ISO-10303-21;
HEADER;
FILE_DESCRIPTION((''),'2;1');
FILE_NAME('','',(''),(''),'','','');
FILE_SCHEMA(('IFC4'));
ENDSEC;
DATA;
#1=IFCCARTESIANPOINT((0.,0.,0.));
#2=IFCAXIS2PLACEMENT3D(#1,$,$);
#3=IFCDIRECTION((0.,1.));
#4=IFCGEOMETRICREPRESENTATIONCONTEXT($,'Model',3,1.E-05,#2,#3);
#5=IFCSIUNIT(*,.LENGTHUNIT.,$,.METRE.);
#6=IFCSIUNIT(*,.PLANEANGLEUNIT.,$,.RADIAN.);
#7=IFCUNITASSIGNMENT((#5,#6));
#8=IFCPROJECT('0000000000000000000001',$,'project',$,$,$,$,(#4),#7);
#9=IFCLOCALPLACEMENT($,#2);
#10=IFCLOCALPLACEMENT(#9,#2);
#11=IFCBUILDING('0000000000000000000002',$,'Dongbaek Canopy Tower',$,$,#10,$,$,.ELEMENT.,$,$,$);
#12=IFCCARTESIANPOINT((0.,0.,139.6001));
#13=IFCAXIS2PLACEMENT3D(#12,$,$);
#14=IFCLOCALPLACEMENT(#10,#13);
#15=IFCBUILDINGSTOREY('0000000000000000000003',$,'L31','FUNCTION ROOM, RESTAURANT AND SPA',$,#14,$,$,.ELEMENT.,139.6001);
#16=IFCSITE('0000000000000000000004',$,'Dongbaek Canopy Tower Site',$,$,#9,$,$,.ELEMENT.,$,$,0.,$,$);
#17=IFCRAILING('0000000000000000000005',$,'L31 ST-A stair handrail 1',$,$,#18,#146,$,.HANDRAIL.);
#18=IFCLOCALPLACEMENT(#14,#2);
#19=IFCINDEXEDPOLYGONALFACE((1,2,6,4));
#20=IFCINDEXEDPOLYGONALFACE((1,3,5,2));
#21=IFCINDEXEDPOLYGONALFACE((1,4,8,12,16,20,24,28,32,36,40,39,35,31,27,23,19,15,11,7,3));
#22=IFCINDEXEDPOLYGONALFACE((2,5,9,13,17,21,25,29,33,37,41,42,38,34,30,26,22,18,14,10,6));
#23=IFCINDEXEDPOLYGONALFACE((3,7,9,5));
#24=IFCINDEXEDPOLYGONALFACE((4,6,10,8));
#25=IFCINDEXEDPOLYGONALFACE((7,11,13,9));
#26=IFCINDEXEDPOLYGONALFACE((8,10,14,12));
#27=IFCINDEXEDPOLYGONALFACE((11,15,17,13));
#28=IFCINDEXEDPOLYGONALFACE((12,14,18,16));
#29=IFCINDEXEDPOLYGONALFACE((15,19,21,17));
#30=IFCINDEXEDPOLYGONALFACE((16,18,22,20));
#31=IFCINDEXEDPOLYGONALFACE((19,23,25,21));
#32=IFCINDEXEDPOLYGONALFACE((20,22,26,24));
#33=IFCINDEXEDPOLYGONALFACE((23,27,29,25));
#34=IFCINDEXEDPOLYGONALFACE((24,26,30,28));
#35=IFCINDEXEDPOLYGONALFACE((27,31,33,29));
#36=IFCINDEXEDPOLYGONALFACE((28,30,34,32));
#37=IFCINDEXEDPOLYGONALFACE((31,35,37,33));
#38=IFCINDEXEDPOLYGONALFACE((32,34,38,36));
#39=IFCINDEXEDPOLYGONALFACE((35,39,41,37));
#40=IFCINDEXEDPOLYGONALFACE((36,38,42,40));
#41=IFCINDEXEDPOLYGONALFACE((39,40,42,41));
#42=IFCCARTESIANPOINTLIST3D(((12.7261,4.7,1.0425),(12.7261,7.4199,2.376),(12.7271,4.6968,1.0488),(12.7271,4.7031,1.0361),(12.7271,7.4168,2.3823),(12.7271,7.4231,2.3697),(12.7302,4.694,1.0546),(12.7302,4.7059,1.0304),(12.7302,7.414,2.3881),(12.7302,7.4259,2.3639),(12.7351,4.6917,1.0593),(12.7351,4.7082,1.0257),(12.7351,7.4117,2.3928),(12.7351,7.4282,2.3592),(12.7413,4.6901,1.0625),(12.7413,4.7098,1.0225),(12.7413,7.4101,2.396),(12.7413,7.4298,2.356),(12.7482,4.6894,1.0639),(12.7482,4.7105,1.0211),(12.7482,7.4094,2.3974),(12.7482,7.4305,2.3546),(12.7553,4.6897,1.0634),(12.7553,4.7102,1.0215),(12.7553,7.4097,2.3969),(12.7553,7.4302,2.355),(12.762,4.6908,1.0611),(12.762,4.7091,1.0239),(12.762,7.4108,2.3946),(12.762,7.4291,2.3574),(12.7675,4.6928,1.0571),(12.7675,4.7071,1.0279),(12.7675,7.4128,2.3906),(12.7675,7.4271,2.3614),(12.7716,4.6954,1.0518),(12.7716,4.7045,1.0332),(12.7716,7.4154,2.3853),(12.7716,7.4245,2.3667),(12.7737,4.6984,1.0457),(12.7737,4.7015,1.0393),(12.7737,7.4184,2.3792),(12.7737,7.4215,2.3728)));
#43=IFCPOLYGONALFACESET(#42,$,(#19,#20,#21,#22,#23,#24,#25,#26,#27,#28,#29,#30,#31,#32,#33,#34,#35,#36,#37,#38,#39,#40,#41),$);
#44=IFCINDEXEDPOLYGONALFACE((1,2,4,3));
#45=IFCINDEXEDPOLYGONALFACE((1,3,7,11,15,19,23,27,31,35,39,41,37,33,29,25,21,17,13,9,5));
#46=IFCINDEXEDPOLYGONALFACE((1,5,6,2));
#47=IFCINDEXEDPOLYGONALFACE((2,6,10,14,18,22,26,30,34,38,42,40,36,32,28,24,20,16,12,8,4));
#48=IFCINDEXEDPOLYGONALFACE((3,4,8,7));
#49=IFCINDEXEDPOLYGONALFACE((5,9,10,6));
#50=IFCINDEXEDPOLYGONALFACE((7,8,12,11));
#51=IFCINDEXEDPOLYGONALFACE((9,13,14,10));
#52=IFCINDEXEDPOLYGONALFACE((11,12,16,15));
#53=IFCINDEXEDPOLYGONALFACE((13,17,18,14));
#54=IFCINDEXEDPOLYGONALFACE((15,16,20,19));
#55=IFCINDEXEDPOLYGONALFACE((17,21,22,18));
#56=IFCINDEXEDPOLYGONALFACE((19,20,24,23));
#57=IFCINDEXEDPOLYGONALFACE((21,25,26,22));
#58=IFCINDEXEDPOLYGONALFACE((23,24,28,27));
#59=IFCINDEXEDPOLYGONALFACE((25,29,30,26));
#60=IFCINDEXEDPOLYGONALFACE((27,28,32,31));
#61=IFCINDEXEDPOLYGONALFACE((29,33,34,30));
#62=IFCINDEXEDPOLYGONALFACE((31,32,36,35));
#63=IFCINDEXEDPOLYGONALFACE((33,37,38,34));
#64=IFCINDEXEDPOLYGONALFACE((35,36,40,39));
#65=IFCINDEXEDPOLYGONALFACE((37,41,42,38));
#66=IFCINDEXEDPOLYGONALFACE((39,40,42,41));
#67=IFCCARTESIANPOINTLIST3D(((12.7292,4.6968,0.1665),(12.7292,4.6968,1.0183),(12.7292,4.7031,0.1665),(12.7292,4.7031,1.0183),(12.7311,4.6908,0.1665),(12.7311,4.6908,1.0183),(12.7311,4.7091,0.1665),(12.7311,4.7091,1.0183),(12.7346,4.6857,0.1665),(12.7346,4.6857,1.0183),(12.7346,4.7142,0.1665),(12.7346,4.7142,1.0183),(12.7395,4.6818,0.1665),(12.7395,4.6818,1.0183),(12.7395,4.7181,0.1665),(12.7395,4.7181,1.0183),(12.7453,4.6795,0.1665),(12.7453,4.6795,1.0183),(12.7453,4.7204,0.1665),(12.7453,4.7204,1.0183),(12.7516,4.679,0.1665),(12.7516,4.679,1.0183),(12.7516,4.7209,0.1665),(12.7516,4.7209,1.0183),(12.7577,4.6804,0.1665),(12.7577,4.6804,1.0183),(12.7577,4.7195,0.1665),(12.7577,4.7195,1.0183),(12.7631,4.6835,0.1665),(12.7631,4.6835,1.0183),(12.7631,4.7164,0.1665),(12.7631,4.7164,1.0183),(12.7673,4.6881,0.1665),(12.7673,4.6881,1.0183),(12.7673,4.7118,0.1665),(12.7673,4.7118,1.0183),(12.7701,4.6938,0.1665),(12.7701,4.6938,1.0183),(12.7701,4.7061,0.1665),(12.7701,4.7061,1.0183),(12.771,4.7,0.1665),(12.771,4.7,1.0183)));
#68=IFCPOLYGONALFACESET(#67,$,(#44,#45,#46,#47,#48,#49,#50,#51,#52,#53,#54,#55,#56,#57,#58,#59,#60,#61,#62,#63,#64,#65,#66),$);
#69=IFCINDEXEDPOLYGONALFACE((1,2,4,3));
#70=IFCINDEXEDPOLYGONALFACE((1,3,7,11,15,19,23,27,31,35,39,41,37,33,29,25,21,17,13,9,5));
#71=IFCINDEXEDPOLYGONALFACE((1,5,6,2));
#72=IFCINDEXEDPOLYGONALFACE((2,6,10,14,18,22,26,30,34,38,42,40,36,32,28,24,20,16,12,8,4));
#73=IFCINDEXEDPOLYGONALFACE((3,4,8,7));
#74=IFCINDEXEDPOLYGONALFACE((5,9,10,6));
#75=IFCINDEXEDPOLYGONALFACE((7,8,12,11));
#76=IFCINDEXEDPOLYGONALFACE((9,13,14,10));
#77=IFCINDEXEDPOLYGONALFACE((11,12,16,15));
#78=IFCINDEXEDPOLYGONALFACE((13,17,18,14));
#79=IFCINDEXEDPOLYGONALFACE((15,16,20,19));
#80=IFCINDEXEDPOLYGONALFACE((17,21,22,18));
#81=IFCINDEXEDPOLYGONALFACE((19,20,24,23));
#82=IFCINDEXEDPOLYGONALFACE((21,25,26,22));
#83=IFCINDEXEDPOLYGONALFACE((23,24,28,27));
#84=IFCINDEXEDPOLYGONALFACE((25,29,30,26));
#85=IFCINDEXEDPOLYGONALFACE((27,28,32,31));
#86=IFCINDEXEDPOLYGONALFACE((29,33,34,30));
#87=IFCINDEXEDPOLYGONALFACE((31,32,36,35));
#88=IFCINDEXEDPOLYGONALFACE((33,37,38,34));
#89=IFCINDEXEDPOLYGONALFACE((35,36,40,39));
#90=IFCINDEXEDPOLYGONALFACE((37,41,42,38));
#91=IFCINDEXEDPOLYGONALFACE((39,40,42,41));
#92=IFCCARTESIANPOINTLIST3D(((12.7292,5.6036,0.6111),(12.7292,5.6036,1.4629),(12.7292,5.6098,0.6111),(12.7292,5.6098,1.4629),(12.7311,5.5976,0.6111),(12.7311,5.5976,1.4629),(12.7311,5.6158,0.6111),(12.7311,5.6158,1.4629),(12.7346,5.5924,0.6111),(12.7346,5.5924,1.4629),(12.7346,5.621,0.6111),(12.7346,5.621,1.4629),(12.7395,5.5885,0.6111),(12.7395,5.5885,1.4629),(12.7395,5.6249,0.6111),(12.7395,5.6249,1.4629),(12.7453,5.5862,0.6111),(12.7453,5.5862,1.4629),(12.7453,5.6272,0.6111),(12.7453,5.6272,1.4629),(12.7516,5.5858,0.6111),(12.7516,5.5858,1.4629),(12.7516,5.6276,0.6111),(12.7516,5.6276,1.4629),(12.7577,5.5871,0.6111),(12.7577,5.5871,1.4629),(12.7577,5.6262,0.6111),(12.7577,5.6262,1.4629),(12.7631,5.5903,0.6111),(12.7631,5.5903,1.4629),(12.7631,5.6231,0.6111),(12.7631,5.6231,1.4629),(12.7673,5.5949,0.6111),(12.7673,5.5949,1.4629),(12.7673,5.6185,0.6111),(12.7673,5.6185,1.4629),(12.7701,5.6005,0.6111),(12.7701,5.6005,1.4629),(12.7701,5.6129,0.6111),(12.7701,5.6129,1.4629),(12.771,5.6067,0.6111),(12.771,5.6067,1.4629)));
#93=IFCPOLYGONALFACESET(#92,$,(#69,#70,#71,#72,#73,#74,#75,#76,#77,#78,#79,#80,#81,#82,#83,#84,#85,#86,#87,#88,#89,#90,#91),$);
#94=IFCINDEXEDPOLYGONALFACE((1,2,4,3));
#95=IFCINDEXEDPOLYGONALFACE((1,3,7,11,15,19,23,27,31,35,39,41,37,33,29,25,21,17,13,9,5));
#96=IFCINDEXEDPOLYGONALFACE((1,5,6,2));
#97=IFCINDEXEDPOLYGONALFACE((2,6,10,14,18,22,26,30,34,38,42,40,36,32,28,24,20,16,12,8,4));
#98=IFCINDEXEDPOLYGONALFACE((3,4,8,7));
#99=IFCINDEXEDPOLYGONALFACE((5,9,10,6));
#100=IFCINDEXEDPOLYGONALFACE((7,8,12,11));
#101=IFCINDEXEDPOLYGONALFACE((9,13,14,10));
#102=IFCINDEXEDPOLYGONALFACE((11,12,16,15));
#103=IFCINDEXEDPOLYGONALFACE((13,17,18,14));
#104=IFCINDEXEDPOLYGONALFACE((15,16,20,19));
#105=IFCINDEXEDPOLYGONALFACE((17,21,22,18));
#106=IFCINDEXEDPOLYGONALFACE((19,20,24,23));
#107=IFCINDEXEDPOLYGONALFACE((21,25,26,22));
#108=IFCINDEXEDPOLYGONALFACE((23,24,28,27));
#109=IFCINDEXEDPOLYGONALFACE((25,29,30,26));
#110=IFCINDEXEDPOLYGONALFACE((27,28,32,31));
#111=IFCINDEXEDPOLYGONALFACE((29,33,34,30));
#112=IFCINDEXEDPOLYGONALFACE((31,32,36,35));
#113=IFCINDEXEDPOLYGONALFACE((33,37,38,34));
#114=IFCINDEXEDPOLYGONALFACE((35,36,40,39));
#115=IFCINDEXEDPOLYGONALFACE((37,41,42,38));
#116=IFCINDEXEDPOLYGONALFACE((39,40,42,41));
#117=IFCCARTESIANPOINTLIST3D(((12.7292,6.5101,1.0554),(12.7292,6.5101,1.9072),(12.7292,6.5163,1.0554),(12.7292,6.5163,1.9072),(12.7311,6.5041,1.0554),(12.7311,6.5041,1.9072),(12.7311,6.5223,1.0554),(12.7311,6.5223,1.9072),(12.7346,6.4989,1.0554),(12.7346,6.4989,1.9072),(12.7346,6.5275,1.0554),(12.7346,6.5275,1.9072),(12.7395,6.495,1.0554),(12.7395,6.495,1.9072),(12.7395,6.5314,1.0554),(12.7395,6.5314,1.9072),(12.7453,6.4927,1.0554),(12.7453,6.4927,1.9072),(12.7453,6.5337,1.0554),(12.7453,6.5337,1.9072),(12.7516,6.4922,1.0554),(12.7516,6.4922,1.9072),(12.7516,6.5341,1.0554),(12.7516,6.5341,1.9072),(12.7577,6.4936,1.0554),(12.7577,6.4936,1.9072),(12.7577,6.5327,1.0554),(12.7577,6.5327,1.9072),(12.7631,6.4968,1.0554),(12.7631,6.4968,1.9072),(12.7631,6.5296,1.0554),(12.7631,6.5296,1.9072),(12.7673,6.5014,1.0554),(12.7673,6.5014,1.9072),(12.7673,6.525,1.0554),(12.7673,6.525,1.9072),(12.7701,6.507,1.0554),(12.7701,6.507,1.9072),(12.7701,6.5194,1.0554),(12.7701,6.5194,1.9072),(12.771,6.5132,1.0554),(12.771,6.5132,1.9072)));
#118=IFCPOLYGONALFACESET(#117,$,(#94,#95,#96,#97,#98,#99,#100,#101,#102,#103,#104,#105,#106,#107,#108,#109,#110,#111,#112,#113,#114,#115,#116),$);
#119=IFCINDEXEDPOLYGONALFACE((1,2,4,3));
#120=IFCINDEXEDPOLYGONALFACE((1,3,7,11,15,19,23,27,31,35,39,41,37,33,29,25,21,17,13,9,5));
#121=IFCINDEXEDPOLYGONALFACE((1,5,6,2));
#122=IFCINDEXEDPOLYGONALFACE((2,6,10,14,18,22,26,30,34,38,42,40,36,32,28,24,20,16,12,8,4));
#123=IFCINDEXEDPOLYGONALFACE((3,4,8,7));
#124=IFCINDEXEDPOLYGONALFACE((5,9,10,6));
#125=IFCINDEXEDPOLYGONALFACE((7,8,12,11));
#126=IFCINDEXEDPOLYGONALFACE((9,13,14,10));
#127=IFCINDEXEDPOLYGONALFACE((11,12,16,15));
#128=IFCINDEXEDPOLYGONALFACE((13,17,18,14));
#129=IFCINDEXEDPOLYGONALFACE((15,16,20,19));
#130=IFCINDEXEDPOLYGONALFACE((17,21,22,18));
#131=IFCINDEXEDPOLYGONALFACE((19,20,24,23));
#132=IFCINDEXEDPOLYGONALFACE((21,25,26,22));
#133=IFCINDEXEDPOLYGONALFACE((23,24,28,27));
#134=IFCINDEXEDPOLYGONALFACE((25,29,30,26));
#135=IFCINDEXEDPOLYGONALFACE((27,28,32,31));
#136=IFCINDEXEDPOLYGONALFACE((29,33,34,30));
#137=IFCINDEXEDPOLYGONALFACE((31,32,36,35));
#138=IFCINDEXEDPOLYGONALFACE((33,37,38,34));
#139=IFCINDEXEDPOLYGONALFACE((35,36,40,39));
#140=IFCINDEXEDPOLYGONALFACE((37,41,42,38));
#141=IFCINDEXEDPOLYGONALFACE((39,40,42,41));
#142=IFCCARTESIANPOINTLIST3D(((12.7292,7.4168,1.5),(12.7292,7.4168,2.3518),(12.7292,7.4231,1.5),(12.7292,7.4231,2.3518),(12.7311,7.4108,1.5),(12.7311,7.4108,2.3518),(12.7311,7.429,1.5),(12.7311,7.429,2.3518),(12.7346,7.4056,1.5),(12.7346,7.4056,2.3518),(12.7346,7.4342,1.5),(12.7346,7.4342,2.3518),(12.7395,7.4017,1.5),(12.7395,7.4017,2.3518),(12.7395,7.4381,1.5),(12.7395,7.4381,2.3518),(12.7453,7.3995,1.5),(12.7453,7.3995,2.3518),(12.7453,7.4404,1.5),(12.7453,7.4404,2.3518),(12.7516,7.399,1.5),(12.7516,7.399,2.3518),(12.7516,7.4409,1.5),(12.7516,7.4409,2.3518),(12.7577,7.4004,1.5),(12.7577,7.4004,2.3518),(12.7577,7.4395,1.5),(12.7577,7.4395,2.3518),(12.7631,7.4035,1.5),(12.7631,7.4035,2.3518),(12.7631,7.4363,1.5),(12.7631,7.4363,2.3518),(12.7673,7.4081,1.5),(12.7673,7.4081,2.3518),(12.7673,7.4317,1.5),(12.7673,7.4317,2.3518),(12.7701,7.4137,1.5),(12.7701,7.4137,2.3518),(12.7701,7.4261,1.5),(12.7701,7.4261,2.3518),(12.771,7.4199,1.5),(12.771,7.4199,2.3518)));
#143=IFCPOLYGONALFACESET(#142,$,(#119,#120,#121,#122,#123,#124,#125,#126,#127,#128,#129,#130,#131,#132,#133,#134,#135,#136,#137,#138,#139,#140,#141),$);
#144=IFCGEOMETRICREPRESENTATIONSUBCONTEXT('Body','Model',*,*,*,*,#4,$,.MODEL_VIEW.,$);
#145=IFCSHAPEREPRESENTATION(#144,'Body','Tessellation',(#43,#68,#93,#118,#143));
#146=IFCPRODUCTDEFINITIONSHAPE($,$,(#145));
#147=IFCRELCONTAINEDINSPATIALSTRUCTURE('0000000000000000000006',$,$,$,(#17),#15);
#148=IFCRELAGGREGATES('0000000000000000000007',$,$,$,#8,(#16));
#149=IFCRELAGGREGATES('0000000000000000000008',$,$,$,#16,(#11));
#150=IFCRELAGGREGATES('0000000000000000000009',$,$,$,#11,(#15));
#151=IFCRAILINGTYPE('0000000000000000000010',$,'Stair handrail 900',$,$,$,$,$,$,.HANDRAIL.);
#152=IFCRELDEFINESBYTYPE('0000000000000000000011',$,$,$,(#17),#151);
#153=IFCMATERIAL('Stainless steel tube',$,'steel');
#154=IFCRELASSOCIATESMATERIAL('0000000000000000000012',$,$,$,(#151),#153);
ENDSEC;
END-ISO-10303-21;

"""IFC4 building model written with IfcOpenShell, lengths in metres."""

from ifc_helpers import new_model, si_unit, direction, frame, origin, origin_2d, place, context, subcontext, project, spatial, circle, extrude, material, type_object, element, save


model = new_model("IFC4")

# Units and contexts
model_context = context("Model", 3, precision=1e-05, world=origin(), true_north=direction((0.0, 1.0)))
body_context = subcontext(model_context, "Body", "Model", "MODEL_VIEW")
ifc_project = project(units=[si_unit("LENGTHUNIT", "METRE"), si_unit("PLANEANGLEUNIT", "RADIAN")], contexts=[model_context])

# Site, building, storey
site_placement = place(None, origin())
site = spatial("IfcSite", under=ifc_project, at=site_placement, Name="Dongbaek Canopy Tower Site", CompositionType="ELEMENT", RefElevation=0.0)
building_placement = place(site_placement, origin())
building = spatial("IfcBuilding", under=site, at=building_placement, Name="Dongbaek Canopy Tower", CompositionType="ELEMENT")
storey_placement = place(building_placement, frame((0.0, 0.0, 139.6001)))
storey = spatial("IfcBuildingStorey", under=building, at=storey_placement, Name="L31", Description="FUNCTION ROOM, RESTAURANT AND SPA", CompositionType="ELEMENT", Elevation=139.6001)

# Railing
ifc_material_1 = material(Name="Stainless steel tube", Category="steel")
railing_type = type_object("IfcRailingType", Name="Stair handrail 900", PredefinedType="HANDRAIL", material=ifc_material_1)
for number, where, name in (
    (1, (12.75, 4.7, 0.1665), "L31 ST-A stair handrail 1"),
):
    element("IfcRailing", number, at=place(storey_placement, frame(where)), inside=storey, type_object=railing_type, Name=name, PredefinedType="HANDRAIL", context=body_context, shape_type="SweptSolid", body=[
        extrude(circle(Radius=0.0239, at=origin_2d()), frame((0.0, 0.0, 0.876), z_axis=(0.0, 0.897898, 0.440204), x_axis=(-1.0, 0.0, 0.0)), (0.0, 0.0, 1.0), 3.0293),
        extrude(circle(Radius=0.021, at=origin_2d()), origin(), (0.0, 0.0, 1.0), 0.8518),
        extrude(circle(Radius=0.021, at=origin_2d()), frame((0.0, 0.9067, 0.4446)), (0.0, 0.0, 1.0), 0.8518),
        extrude(circle(Radius=0.021, at=origin_2d()), frame((0.0, 1.8132, 0.8889)), (0.0, 0.0, 1.0), 0.8518),
        extrude(circle(Radius=0.021, at=origin_2d()), frame((0.0, 2.72, 1.3335)), (0.0, 0.0, 1.0), 0.8518),
    ])

save(model, "model.ifc")
